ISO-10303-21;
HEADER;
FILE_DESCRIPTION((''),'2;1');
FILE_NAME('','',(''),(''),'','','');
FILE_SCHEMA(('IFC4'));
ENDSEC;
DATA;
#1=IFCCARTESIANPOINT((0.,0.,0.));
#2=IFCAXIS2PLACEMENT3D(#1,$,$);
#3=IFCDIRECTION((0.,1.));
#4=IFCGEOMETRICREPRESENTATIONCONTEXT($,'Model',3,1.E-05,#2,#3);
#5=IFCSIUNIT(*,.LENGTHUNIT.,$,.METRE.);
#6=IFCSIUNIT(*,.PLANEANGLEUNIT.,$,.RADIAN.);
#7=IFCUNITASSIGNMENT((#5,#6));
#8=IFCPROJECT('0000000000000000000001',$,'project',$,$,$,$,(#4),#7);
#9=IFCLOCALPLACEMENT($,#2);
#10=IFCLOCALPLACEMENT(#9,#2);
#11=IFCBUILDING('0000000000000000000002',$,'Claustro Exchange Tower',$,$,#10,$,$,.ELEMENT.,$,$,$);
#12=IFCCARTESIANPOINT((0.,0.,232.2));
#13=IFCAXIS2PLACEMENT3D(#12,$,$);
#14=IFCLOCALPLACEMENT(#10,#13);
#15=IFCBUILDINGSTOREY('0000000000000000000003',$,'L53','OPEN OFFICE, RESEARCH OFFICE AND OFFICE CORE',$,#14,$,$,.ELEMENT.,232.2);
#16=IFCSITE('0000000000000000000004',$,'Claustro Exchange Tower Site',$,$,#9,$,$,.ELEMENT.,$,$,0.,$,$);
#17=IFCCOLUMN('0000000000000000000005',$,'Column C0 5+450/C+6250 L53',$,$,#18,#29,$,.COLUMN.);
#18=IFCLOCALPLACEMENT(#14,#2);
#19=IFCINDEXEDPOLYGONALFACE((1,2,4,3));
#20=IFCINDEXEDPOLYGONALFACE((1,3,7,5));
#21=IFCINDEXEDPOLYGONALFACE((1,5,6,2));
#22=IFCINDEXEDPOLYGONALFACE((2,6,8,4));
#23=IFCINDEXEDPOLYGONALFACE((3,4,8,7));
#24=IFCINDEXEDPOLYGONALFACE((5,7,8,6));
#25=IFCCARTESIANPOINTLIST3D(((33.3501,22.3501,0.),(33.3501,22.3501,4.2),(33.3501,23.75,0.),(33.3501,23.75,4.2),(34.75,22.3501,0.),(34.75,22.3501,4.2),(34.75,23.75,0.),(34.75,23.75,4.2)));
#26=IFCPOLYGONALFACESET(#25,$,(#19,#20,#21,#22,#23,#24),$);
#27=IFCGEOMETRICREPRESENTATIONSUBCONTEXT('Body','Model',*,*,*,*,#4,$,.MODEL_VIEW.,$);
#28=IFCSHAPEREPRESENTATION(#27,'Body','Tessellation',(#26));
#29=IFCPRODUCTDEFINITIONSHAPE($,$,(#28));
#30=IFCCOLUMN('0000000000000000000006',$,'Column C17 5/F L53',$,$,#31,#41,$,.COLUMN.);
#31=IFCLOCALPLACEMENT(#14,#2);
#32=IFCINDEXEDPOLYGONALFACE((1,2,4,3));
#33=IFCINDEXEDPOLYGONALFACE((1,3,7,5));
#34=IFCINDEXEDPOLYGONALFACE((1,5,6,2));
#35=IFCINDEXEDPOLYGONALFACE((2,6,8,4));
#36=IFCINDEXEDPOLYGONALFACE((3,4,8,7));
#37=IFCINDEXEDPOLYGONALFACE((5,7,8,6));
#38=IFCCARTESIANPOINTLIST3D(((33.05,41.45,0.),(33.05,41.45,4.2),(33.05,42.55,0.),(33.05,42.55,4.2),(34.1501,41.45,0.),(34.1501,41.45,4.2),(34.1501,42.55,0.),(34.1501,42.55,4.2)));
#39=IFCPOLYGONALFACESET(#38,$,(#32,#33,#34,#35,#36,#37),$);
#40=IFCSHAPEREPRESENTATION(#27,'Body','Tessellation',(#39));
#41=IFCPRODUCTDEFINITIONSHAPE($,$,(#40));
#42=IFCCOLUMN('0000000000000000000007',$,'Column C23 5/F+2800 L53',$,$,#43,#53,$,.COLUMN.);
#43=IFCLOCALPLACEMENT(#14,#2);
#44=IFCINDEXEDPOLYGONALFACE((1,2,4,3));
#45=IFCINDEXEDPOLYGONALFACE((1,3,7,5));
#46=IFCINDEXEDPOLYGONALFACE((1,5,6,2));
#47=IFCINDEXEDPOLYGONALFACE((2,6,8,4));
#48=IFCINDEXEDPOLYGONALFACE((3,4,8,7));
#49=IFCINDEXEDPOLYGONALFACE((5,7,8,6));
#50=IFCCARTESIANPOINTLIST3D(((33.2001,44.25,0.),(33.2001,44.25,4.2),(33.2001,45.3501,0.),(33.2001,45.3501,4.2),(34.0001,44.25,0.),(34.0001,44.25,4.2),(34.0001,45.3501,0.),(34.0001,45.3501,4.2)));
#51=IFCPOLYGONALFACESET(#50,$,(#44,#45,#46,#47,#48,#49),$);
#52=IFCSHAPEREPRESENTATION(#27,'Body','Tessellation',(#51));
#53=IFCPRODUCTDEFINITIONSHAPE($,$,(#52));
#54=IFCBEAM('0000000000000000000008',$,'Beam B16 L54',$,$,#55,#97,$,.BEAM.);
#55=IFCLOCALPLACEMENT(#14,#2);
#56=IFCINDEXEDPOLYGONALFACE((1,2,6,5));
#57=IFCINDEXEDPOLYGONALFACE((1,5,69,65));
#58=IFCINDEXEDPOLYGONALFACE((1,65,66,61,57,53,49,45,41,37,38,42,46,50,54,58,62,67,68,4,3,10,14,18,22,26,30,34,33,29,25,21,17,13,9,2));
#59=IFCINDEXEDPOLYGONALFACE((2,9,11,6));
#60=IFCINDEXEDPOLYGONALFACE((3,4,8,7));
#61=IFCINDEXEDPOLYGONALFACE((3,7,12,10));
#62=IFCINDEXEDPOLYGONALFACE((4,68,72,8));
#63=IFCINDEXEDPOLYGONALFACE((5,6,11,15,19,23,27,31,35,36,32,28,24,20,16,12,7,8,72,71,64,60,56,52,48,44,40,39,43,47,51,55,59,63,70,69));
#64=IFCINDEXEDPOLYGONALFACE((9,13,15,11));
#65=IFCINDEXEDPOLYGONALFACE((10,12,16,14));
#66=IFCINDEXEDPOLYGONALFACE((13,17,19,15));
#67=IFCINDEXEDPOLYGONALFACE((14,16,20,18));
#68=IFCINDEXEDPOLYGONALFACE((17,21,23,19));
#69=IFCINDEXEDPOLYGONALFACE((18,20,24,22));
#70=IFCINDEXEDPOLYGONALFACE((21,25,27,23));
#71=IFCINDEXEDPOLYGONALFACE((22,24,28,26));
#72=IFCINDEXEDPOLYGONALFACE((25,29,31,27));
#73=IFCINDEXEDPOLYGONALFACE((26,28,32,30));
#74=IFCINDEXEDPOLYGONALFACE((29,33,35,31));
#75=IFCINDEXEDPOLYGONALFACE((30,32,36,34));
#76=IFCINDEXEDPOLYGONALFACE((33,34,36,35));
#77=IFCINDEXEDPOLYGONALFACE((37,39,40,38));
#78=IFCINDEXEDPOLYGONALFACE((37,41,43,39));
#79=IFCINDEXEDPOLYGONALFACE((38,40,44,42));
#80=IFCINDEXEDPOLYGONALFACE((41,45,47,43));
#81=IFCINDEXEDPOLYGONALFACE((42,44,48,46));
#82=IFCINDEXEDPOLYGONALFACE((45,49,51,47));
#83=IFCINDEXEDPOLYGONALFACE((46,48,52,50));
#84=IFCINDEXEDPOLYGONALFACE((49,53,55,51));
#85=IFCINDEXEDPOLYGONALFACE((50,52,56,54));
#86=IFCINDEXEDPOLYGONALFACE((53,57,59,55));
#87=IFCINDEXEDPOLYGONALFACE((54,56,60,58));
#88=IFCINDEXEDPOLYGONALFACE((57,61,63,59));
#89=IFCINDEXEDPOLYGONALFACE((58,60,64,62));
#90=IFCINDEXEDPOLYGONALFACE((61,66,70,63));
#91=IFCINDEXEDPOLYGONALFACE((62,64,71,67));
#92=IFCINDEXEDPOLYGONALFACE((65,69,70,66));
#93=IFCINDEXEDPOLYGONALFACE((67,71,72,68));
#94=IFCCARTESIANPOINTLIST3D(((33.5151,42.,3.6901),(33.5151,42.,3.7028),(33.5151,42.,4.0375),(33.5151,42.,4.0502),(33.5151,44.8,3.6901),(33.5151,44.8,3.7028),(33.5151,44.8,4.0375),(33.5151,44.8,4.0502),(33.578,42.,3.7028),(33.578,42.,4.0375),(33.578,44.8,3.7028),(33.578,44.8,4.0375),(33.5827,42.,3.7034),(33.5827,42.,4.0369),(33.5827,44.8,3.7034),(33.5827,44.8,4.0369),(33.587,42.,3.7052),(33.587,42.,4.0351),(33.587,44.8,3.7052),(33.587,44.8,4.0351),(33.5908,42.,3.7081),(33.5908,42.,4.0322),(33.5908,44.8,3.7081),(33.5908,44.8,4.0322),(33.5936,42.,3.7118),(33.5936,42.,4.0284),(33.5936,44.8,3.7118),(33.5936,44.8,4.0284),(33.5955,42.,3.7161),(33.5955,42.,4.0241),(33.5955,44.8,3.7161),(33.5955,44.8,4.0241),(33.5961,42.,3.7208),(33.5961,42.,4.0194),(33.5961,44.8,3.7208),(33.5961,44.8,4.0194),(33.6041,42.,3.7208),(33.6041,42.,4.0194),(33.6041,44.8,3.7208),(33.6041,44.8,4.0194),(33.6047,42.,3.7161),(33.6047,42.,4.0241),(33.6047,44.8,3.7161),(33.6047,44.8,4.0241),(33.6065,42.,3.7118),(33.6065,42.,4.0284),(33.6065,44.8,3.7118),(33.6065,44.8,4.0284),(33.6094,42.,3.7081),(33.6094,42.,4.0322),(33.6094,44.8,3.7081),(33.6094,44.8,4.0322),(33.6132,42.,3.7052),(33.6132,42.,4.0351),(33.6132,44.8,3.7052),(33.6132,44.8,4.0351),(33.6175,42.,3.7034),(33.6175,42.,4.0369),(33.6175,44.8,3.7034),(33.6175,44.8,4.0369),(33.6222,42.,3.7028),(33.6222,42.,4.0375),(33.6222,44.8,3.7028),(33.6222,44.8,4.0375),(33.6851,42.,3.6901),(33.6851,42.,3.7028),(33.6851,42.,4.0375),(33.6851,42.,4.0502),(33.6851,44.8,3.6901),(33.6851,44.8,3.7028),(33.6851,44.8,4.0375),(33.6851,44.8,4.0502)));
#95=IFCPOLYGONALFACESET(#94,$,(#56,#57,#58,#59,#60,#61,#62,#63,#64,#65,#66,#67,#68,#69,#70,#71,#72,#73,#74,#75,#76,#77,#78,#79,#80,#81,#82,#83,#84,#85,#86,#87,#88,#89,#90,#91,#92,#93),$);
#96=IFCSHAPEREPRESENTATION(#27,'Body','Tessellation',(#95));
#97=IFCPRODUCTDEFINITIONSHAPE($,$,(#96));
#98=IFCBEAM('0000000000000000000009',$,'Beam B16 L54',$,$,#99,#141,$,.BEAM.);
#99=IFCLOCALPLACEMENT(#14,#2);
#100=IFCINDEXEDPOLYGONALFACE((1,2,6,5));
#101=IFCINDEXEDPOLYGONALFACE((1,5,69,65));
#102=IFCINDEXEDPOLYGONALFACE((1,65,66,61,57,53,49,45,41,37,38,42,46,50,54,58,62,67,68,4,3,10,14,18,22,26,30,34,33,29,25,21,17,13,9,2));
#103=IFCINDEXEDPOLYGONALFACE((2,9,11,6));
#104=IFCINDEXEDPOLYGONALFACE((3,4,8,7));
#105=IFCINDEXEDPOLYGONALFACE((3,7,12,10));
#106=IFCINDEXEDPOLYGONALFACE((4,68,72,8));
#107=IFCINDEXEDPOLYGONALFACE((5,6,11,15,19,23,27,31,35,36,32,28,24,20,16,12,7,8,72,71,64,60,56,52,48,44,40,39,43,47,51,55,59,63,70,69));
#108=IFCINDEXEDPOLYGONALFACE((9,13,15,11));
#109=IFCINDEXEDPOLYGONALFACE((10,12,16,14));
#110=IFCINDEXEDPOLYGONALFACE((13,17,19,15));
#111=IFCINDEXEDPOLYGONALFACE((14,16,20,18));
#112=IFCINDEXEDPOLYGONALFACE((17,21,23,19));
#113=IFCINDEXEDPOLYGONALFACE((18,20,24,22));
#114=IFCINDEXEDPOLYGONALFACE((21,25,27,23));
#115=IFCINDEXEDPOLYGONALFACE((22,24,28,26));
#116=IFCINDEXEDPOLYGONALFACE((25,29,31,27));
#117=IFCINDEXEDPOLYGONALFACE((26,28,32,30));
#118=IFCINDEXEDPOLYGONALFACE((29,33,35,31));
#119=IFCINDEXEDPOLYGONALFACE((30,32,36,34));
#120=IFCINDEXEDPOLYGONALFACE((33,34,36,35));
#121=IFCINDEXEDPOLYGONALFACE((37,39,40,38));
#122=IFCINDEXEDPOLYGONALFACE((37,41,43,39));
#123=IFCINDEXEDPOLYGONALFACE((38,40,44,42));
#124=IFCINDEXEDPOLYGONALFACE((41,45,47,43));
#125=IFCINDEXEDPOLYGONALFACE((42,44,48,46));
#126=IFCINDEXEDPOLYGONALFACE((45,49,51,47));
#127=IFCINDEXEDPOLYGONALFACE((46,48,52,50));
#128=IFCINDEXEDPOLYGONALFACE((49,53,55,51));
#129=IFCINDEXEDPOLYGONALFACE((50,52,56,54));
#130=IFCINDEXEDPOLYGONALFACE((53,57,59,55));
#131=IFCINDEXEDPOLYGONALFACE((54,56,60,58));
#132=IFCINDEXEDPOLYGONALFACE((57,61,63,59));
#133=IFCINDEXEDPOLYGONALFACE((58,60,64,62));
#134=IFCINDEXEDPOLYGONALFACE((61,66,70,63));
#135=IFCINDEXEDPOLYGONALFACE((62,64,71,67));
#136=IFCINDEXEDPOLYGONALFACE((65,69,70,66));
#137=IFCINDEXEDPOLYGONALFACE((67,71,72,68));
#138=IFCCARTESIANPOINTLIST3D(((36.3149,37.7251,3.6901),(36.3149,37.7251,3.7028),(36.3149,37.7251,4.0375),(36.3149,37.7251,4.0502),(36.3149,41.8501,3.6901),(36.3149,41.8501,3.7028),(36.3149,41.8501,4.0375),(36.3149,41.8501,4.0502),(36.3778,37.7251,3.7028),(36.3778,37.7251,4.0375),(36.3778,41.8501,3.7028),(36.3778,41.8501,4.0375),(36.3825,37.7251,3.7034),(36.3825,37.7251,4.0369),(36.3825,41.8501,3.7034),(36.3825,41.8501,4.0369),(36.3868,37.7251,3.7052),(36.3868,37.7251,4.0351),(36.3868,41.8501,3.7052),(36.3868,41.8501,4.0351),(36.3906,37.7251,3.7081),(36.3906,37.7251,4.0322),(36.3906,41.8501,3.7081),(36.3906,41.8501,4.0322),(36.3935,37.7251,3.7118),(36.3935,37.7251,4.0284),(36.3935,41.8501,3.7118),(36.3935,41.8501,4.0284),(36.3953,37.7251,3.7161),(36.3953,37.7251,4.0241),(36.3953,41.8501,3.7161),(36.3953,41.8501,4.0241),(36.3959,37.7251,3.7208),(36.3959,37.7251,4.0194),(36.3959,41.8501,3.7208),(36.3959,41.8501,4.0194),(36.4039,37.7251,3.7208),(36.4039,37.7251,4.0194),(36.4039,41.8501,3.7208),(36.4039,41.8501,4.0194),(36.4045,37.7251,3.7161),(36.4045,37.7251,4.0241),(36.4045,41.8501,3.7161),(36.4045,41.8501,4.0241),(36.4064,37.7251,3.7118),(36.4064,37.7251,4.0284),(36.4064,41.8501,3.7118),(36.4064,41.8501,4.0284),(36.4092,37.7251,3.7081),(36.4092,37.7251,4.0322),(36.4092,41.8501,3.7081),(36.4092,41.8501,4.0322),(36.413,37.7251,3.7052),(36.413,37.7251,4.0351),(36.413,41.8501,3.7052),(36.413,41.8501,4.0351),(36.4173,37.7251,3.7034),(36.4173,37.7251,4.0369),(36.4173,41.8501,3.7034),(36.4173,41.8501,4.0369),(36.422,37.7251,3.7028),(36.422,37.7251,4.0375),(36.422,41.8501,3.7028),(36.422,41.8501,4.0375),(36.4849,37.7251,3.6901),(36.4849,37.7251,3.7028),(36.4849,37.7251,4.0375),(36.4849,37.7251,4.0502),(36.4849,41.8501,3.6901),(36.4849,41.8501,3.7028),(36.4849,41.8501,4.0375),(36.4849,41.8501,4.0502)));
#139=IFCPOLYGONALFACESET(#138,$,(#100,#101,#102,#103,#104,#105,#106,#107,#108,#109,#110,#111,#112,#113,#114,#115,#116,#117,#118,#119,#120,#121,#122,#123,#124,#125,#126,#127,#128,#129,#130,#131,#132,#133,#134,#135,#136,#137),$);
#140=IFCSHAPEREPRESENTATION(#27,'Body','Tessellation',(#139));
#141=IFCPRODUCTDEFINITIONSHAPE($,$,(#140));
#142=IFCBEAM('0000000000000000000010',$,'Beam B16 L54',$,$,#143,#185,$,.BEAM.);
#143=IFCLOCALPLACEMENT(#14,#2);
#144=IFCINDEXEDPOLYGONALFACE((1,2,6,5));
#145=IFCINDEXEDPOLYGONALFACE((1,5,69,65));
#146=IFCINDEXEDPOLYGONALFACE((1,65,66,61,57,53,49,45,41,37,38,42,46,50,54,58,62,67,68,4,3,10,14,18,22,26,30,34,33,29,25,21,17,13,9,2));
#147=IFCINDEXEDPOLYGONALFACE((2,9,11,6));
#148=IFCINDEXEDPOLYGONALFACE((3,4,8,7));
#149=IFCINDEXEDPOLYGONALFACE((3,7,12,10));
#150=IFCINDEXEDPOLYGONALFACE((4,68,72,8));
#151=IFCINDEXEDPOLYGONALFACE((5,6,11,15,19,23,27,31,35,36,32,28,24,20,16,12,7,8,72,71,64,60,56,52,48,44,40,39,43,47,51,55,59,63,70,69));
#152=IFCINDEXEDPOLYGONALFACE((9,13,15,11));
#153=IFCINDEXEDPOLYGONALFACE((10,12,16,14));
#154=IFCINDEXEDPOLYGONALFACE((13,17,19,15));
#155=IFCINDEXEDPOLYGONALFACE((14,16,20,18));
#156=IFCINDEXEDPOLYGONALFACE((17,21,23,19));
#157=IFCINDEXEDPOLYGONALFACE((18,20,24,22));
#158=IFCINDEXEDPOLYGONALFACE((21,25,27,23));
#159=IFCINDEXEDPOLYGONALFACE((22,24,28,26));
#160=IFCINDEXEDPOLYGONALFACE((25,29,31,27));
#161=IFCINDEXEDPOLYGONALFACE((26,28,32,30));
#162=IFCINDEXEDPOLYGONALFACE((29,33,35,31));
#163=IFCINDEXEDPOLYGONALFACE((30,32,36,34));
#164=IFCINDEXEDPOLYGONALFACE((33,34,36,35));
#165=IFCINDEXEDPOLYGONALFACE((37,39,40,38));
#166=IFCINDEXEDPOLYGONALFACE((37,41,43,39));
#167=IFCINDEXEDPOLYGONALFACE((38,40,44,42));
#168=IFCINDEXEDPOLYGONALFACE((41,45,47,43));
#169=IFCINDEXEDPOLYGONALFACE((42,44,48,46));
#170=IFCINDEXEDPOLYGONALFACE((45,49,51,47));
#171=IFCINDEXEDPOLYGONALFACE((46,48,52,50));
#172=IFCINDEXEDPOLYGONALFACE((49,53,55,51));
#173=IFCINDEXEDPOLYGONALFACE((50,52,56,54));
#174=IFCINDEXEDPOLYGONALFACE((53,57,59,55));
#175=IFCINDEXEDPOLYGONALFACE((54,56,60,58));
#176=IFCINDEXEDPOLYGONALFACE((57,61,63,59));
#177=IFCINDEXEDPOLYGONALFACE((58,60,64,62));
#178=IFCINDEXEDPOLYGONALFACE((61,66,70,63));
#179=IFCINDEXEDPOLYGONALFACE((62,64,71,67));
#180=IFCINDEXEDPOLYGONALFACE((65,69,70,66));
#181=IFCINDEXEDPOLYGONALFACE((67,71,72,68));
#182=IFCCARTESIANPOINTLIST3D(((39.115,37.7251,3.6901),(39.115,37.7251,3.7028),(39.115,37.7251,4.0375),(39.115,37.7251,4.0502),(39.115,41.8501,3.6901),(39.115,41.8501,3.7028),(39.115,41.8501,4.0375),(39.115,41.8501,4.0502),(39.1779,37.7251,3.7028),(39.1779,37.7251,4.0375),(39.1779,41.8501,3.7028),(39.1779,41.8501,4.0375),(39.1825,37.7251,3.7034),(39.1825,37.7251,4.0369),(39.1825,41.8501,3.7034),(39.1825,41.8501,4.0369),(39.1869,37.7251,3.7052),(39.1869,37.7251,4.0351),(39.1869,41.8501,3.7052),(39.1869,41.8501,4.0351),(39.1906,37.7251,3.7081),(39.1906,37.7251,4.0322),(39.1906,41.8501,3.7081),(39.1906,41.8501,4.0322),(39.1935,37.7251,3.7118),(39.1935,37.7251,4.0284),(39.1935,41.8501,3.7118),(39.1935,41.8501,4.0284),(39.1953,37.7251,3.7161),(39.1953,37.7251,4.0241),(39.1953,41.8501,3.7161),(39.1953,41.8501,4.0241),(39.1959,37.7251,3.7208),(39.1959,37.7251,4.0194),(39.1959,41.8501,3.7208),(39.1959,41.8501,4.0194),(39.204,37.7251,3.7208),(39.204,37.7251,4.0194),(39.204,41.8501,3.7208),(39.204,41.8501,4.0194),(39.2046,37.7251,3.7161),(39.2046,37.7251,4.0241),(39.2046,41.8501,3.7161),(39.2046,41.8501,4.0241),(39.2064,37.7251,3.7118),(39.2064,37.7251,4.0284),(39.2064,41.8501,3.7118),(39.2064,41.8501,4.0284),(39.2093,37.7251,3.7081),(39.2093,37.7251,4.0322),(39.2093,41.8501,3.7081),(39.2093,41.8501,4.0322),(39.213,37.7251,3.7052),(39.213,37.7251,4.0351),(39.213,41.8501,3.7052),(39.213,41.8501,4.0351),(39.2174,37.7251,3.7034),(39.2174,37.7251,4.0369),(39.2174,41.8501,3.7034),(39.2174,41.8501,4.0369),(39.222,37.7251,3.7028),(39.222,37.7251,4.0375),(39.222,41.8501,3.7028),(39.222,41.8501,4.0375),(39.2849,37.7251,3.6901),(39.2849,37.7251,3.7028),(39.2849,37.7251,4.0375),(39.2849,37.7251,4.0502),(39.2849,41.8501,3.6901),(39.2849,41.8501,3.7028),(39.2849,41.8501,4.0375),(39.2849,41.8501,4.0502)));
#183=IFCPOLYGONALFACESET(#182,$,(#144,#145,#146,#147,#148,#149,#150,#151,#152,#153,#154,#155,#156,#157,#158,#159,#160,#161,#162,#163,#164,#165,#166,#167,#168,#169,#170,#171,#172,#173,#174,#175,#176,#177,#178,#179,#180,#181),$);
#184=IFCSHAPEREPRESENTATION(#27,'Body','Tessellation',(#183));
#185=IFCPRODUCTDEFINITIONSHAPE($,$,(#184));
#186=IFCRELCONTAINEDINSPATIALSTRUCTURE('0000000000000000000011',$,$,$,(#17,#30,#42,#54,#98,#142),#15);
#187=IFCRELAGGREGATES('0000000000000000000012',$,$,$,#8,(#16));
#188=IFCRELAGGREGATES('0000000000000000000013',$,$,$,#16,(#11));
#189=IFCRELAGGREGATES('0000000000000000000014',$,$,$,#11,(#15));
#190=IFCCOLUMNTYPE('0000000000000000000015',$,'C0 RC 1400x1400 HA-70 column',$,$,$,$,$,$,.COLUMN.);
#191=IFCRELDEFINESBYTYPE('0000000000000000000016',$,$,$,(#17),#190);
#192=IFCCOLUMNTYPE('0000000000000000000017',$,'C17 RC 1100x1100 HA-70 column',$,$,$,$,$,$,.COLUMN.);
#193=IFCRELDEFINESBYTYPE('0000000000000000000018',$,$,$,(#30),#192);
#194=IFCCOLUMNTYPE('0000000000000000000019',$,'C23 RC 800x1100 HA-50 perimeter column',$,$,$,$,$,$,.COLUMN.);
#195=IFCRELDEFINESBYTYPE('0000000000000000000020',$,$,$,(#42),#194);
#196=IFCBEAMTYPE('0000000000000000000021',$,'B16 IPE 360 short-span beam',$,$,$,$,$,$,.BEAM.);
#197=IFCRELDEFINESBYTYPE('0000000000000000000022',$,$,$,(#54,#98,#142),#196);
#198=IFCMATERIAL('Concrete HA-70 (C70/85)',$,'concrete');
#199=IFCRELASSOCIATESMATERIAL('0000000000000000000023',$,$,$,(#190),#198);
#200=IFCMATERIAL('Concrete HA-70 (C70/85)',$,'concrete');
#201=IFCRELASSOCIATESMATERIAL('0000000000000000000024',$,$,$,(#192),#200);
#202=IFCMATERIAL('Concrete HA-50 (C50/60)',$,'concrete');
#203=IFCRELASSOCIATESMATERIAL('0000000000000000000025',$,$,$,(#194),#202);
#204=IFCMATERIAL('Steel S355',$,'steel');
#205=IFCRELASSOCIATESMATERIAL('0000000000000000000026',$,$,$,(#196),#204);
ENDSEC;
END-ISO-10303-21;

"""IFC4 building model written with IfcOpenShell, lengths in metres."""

from ifc_helpers import new_model, si_unit, direction, frame, origin, origin_2d, place, context, subcontext, project, spatial, rectangle, i_section, extrude, material, material_profile, profile_set, type_object, element, save


model = new_model("IFC4")

# Units and contexts
model_context = context("Model", 3, precision=1e-05, world=origin(), true_north=direction((0.0, 1.0)))
body_context = subcontext(model_context, "Body", "Model", "MODEL_VIEW")
ifc_project = project(units=[si_unit("LENGTHUNIT", "METRE"), si_unit("PLANEANGLEUNIT", "RADIAN")], contexts=[model_context])

# Site, building, storey
site_placement = place(None, origin())
site = spatial("IfcSite", under=ifc_project, at=site_placement, Name="Claustro Exchange Tower Site", CompositionType="ELEMENT", RefElevation=0.0)
building_placement = place(site_placement, origin())
building = spatial("IfcBuilding", under=site, at=building_placement, Name="Claustro Exchange Tower", CompositionType="ELEMENT")
storey_placement = place(building_placement, frame((0.0, 0.0, 232.2)))
storey = spatial("IfcBuildingStorey", under=building, at=storey_placement, Name="L53", Description="OPEN OFFICE, RESEARCH OFFICE AND OFFICE CORE", CompositionType="ELEMENT", Elevation=232.2)

# Columns
ifc_material_1 = material(Name="Concrete HA-70 (C70/85)", Category="concrete")
ifc_material_profile_1 = material_profile(ifc_material_1, rectangle(XDim=1.3999, YDim=1.3999, at=origin_2d()), Name="RC 1400x1400")
ifc_profile_set_1 = profile_set([ifc_material_profile_1], Name="Concrete HA-70 (C70/85)")
column_type_1 = type_object("IfcColumnType", Name="C0 RC 1400x1400 HA-70 column", PredefinedType="COLUMN", material=ifc_profile_set_1)
column_1_placement = place(storey_placement, frame((34.05, 23.05, 0.0), z_axis=(0.0, 0.0, 1.0), x_axis=(1.0, 0.0, 0.0)))
element("IfcColumn", 1, at=column_1_placement, inside=storey, type_object=column_type_1, Name="Column C0 5+450/C+6250 L53", PredefinedType="COLUMN", context=body_context, shape_type="SweptSolid", body=[
    extrude(rectangle(XDim=1.3999, YDim=1.3999, at=origin_2d()), origin(), (0.0, 0.0, 1.0), 4.2),
])
ifc_material_2 = material(Name="Concrete HA-70 (C70/85)", Category="concrete")
ifc_material_profile_2 = material_profile(ifc_material_2, rectangle(XDim=1.1001, YDim=1.1001, at=origin_2d()), Name="RC 1100x1100")
ifc_profile_set_2 = profile_set([ifc_material_profile_2], Name="Concrete HA-70 (C70/85)")
column_type_2 = type_object("IfcColumnType", Name="C17 RC 1100x1100 HA-70 column", PredefinedType="COLUMN", material=ifc_profile_set_2)
column_2_placement = place(storey_placement, frame((33.6001, 42.0, 0.0), z_axis=(0.0, 0.0, 1.0), x_axis=(1.0, 0.0, 0.0)))
element("IfcColumn", 2, at=column_2_placement, inside=storey, type_object=column_type_2, Name="Column C17 5/F L53", PredefinedType="COLUMN", context=body_context, shape_type="SweptSolid", body=[
    extrude(rectangle(XDim=1.1001, YDim=1.1001, at=origin_2d()), origin(), (0.0, 0.0, 1.0), 4.2),
])
ifc_material_3 = material(Name="Concrete HA-50 (C50/60)", Category="concrete")
ifc_material_profile_3 = material_profile(ifc_material_3, rectangle(XDim=0.8, YDim=1.1001, at=origin_2d()), Name="RC 800x1100")
ifc_profile_set_3 = profile_set([ifc_material_profile_3], Name="Concrete HA-50 (C50/60)")
column_type_3 = type_object("IfcColumnType", Name="C23 RC 800x1100 HA-50 perimeter column", PredefinedType="COLUMN", material=ifc_profile_set_3)
column_3_placement = place(storey_placement, frame((33.6001, 44.8, 0.0), z_axis=(0.0, 0.0, 1.0), x_axis=(1.0, 0.0, 0.0)))
element("IfcColumn", 3, at=column_3_placement, inside=storey, type_object=column_type_3, Name="Column C23 5/F+2800 L53", PredefinedType="COLUMN", context=body_context, shape_type="SweptSolid", body=[
    extrude(rectangle(XDim=0.8, YDim=1.1001, at=origin_2d()), origin(), (0.0, 0.0, 1.0), 4.2),
])

# Beams
ifc_material_4 = material(Name="Steel S355", Category="steel")
ifc_material_profile_4 = material_profile(ifc_material_4, i_section(OverallWidth=0.1699, OverallDepth=0.3601, WebThickness=0.0081, FlangeThickness=0.0127, FilletRadius=0.0181, at=origin_2d()), Name="IPE 360")
ifc_profile_set_4 = profile_set([ifc_material_profile_4], Name="Steel S355")
beam_type_1 = type_object("IfcBeamType", Name="B16 IPE 360 short-span beam", PredefinedType="BEAM", material=ifc_profile_set_4)
beam_1_placement = place(storey_placement, frame((33.6001, 42.0, 3.8701), z_axis=(0.0, 1.0, 0.0), x_axis=(-1.0, 0.0, 0.0)))
element("IfcBeam", 4, at=beam_1_placement, inside=storey, type_object=beam_type_1, Name="Beam B16 L54", PredefinedType="BEAM", context=body_context, shape_type="SweptSolid", body=[
    extrude(i_section(OverallWidth=0.1699, OverallDepth=0.3601, WebThickness=0.0081, FlangeThickness=0.0127, FilletRadius=0.0181, at=origin_2d()), origin(), (0.0, 0.0, 1.0), 2.8),
])
for number, where, z_axis, x_axis, name in (
    (5, (36.3999, 37.7251, 3.8701), (0.0, 1.0, 0.0), (-1.0, 0.0, 0.0), "Beam B16 L54"),
    (6, (39.2, 37.7251, 3.8701), (0.0, 1.0, 0.0), (-1.0, 0.0, 0.0), "Beam B16 L54"),
):
    element("IfcBeam", number, at=place(storey_placement, frame(where, z_axis=z_axis, x_axis=x_axis)), inside=storey, type_object=beam_type_1, Name=name, PredefinedType="BEAM", context=body_context, shape_type="SweptSolid", body=[
        extrude(i_section(OverallWidth=0.1699, OverallDepth=0.3601, WebThickness=0.0081, FlangeThickness=0.0127, FilletRadius=0.0181, at=origin_2d()), origin(), (0.0, 0.0, 1.0), 4.125),
    ])

save(model, "model.ifc")
